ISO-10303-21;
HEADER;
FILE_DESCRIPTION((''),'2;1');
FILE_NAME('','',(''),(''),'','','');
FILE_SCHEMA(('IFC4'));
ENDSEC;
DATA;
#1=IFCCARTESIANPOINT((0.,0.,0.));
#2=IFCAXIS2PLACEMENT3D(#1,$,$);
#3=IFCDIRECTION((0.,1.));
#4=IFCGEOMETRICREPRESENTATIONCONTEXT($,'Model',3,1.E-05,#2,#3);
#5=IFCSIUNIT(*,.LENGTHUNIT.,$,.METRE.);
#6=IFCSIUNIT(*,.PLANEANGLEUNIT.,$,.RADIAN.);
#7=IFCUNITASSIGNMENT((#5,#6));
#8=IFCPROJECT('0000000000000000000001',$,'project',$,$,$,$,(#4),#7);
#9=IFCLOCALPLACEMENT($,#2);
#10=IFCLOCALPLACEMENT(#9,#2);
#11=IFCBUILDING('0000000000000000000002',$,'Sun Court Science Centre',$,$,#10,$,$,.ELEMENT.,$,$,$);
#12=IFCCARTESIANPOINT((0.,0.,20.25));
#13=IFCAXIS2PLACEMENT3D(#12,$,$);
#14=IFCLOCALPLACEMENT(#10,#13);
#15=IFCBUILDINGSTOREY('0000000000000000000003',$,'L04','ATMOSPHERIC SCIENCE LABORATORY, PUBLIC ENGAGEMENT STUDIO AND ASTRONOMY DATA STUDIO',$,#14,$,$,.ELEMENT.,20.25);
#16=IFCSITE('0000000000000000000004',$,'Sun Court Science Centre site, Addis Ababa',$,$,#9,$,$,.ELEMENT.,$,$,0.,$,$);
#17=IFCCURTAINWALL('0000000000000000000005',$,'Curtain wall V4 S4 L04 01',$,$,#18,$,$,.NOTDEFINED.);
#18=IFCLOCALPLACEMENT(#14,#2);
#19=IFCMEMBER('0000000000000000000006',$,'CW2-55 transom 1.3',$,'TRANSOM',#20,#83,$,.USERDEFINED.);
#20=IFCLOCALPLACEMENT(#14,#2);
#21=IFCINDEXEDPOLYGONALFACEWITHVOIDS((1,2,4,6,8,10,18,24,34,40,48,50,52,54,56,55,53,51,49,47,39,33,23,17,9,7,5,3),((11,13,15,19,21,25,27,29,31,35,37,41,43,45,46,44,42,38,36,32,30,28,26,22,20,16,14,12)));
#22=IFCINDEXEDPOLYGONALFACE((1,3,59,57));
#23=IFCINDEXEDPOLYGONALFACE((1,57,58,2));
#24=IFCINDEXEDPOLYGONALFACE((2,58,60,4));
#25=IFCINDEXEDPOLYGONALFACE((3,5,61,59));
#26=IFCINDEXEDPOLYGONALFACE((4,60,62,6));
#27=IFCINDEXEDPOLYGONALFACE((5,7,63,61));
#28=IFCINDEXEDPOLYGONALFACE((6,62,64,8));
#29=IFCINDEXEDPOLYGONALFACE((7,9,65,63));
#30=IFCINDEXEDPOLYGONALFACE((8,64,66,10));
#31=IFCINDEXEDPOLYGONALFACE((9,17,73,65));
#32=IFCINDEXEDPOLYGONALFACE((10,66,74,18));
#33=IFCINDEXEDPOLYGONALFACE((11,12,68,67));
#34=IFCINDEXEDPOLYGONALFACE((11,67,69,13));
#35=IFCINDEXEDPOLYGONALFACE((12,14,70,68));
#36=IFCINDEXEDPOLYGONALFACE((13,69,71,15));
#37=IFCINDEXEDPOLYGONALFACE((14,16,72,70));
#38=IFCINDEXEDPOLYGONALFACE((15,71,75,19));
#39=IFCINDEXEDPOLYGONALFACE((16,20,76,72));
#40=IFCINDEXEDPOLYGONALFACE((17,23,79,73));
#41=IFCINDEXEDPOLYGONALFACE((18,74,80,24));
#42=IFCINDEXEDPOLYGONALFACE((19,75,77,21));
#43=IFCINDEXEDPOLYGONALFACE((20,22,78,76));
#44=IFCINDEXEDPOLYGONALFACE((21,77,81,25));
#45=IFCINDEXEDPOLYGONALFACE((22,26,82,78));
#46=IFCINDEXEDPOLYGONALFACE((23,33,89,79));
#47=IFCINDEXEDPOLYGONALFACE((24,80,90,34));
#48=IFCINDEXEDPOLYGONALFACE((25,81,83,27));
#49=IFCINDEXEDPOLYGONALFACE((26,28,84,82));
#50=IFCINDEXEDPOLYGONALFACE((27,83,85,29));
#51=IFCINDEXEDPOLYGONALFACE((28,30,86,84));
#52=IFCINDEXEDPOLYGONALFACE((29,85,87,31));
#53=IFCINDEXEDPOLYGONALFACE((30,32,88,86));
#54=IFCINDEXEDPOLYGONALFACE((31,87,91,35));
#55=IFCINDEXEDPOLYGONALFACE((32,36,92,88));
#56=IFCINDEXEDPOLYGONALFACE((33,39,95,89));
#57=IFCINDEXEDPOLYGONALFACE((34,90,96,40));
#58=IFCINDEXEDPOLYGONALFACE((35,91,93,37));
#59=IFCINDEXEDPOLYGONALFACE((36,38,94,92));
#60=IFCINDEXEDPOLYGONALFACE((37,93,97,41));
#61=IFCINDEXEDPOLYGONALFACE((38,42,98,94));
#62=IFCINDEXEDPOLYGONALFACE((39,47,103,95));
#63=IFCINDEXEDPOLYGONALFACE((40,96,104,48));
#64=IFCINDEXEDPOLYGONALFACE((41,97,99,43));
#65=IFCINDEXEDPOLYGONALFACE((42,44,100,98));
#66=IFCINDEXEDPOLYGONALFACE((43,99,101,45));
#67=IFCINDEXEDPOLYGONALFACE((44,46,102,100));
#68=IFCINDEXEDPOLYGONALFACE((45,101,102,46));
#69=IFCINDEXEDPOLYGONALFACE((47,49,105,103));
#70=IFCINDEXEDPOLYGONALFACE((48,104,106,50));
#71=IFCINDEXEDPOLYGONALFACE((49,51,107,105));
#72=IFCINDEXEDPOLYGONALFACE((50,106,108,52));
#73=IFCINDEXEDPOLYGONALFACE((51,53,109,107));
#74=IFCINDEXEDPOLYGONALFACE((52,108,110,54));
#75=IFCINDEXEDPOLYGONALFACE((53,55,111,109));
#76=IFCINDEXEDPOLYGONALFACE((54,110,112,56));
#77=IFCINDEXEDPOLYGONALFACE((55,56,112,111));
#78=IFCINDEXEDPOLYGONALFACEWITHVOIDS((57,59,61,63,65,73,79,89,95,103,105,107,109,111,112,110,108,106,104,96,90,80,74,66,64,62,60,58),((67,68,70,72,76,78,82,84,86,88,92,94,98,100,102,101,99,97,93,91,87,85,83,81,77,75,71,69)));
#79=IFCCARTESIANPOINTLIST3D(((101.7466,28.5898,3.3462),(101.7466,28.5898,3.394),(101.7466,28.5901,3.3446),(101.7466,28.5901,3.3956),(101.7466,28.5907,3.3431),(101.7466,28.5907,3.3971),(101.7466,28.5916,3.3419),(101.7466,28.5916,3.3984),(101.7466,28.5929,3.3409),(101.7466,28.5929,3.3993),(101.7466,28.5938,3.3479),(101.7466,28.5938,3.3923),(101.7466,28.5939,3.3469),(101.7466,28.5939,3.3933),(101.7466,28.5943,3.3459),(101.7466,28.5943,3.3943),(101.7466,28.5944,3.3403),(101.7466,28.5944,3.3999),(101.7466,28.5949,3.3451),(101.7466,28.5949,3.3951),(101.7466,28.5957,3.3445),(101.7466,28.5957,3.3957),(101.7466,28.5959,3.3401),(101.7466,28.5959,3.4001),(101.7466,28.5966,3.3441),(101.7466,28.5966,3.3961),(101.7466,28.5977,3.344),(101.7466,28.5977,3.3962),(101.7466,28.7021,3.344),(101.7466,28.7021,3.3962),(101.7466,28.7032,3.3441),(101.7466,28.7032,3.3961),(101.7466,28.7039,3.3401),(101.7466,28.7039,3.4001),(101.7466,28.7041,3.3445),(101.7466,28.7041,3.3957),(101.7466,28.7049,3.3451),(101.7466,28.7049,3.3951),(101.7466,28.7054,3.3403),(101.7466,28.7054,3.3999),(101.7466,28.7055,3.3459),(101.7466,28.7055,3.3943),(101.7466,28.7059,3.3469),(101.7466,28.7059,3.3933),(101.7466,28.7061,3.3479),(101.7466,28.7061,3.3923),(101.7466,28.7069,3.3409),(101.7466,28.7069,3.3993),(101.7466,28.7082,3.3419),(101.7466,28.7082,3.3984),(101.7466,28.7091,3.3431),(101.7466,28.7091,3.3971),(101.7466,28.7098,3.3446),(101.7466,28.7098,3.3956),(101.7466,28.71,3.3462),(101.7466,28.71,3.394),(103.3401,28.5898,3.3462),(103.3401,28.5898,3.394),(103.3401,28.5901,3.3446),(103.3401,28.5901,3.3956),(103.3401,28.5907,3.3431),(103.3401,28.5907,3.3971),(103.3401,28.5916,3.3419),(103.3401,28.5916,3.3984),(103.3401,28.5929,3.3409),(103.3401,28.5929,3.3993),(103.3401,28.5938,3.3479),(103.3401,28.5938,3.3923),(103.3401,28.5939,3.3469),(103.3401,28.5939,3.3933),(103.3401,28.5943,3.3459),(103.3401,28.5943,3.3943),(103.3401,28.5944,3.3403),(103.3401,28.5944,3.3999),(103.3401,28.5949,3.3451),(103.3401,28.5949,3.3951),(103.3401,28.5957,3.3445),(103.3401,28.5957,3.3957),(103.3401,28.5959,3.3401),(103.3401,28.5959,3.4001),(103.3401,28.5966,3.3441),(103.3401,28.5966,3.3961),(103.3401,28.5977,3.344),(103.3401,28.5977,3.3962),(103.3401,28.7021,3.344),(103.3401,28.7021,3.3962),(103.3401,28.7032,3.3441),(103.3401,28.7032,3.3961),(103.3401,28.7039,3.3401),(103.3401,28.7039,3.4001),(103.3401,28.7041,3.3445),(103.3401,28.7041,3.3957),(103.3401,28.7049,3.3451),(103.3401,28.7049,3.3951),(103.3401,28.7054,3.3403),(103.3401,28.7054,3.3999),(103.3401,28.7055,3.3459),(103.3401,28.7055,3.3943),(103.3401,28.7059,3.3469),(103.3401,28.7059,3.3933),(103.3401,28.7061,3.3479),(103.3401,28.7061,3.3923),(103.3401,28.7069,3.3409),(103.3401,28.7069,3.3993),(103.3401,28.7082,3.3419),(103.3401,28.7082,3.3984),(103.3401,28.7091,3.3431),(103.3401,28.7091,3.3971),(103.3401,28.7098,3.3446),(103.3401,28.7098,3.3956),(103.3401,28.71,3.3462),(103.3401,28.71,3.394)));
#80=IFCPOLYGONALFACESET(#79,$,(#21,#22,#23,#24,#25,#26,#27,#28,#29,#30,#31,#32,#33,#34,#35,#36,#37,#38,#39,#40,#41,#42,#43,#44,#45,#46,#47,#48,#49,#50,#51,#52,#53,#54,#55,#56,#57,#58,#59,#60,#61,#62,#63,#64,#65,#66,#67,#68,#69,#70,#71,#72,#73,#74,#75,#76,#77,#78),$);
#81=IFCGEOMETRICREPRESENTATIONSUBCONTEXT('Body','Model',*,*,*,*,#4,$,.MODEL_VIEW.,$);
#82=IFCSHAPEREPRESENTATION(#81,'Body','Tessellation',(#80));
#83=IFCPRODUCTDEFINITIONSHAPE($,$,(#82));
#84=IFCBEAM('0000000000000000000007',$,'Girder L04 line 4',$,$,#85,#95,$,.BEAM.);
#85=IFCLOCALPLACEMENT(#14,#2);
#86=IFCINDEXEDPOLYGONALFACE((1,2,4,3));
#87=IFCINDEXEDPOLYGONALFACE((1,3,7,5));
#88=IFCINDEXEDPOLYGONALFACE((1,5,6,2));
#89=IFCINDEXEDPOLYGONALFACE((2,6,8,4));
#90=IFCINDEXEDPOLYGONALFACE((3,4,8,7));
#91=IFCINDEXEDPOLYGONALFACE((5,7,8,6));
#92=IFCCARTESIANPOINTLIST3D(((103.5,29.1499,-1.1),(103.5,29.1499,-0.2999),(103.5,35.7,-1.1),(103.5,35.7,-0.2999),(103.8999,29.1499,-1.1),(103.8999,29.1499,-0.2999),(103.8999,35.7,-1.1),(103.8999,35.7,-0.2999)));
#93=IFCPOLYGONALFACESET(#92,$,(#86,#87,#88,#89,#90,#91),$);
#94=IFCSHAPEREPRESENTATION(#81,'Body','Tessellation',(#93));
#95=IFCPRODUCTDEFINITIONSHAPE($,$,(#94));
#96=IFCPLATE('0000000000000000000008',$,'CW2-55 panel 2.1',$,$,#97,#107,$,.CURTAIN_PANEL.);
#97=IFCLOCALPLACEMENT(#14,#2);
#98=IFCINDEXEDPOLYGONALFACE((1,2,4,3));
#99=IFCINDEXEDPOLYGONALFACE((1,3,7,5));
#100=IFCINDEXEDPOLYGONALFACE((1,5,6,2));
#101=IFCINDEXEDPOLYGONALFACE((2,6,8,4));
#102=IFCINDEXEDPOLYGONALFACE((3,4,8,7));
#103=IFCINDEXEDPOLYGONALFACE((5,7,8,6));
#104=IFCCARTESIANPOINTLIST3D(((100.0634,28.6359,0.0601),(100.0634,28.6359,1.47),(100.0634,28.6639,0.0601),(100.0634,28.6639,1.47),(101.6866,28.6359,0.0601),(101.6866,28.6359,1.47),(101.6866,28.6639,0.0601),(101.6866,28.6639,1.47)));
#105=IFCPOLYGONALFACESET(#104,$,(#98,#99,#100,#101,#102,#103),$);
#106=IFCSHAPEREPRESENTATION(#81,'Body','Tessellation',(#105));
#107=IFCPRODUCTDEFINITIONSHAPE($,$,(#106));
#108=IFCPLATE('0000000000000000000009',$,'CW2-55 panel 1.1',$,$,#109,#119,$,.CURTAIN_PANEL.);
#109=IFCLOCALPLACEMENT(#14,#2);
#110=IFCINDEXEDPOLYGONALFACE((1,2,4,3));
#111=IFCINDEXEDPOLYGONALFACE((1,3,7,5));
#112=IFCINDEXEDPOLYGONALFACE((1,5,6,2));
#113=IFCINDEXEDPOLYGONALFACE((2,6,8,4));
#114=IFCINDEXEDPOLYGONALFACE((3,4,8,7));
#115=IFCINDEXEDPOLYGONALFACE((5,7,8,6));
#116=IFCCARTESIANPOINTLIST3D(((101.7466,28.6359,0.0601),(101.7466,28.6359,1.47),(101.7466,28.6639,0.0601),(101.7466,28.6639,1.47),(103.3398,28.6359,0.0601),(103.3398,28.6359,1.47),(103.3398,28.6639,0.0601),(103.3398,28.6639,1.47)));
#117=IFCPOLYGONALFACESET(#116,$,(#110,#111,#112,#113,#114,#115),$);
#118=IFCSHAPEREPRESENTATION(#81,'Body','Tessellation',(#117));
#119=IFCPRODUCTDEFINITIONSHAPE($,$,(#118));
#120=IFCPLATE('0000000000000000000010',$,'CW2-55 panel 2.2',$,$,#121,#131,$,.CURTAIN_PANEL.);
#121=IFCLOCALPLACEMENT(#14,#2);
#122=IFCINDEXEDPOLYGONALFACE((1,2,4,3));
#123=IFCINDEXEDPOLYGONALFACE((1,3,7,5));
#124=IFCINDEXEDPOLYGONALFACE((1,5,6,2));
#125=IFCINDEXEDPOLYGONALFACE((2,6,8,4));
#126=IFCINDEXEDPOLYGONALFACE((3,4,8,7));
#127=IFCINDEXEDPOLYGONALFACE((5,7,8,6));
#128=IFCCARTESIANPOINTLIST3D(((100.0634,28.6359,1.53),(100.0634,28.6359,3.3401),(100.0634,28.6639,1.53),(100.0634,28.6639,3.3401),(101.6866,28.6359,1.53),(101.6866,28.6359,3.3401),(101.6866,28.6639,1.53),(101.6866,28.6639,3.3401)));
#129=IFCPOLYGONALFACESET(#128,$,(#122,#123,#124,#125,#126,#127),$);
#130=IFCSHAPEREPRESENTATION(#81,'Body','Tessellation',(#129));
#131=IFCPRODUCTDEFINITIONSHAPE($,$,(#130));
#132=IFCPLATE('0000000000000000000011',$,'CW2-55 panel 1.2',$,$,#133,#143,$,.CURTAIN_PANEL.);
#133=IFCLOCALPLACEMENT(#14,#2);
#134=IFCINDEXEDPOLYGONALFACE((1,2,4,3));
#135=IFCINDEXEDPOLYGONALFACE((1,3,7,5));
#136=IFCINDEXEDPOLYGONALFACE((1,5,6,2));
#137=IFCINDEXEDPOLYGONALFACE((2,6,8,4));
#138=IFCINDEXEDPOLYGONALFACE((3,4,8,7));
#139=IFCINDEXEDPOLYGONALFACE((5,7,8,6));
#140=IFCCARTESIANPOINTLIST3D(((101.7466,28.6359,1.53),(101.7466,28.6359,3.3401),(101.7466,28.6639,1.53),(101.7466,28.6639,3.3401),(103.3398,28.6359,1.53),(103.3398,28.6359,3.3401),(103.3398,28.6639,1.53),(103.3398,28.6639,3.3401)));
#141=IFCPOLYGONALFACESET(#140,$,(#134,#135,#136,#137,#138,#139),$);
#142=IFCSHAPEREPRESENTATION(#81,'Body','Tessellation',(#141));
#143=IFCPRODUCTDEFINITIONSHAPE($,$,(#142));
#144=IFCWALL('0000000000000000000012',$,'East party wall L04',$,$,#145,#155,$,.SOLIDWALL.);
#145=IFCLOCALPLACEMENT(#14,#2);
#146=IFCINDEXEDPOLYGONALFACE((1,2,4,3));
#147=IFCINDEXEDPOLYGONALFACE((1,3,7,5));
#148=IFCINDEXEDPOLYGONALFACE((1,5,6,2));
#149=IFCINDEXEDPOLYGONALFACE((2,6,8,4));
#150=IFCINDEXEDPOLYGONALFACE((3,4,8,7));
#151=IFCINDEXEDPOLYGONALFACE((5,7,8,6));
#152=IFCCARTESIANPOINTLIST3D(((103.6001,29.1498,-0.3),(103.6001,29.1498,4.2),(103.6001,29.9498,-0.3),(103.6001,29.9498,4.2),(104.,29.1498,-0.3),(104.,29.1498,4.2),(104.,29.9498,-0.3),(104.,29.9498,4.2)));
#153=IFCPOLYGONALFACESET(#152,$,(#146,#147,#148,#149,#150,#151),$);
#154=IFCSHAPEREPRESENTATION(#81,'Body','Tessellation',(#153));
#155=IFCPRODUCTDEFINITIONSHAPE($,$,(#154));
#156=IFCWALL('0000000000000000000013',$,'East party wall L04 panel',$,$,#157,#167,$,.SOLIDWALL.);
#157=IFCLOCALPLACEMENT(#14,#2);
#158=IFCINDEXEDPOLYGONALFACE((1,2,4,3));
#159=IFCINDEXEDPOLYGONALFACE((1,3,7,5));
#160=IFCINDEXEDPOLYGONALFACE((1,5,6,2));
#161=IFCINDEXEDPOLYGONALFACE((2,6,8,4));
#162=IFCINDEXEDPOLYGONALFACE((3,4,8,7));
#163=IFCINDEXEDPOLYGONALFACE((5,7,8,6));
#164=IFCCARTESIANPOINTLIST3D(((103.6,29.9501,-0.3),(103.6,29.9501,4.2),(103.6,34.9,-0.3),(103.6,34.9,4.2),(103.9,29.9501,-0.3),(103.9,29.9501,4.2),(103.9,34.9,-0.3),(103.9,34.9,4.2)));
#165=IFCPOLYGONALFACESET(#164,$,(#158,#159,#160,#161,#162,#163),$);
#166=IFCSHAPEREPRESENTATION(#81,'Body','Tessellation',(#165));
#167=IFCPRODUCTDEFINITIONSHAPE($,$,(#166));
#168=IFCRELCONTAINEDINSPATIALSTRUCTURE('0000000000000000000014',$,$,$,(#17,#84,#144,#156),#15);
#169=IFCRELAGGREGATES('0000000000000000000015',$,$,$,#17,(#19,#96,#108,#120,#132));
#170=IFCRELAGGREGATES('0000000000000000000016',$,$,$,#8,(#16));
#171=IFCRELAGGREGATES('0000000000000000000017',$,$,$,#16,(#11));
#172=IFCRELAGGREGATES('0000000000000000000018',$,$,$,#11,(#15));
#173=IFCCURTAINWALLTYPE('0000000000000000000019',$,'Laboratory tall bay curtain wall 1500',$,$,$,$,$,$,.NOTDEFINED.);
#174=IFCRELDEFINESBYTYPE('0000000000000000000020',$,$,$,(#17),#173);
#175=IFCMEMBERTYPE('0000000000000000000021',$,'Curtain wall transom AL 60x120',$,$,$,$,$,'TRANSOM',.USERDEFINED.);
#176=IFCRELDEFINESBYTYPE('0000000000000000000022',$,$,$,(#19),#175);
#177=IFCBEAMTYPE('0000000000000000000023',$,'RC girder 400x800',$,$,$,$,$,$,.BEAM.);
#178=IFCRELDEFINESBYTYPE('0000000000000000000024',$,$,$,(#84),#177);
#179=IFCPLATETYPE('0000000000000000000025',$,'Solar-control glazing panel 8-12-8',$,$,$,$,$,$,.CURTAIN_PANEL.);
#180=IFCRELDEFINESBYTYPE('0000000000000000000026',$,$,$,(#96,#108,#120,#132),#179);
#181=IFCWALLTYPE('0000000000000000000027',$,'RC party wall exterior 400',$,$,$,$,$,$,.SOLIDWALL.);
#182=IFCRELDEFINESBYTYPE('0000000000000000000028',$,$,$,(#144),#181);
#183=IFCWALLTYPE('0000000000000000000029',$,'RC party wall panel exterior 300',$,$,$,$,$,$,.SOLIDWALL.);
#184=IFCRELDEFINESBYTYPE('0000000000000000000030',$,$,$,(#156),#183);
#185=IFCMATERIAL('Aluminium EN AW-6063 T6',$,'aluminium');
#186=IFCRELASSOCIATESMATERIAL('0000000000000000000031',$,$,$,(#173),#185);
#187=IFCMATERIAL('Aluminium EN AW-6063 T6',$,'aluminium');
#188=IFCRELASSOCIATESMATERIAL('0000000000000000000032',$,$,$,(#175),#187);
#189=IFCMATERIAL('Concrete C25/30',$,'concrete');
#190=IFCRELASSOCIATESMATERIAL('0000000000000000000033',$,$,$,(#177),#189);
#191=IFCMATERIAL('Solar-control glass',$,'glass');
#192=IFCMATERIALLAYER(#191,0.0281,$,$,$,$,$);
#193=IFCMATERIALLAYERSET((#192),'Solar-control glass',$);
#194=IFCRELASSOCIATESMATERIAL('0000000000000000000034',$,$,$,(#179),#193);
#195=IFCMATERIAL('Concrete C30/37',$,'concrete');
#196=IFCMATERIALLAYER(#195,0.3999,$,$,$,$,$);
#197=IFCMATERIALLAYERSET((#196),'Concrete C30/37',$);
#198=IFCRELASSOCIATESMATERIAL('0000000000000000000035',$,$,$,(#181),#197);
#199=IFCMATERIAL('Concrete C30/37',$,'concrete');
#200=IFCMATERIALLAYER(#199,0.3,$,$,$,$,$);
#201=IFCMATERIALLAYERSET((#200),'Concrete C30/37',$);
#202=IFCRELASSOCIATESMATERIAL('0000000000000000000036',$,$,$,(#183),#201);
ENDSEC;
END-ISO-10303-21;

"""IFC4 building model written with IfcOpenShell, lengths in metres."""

from ifc_helpers import new_model, si_unit, direction, frame, frame_2d, origin, origin_2d, place, context, subcontext, project, spatial, rectangle, hollow_rectangle, extrude, material, layer, layer_set, material_profile, profile_set, type_object, element, aggregate, save


model = new_model("IFC4")

# Units and contexts
model_context = context("Model", 3, precision=1e-05, world=origin(), true_north=direction((0.0, 1.0)))
body_context = subcontext(model_context, "Body", "Model", "MODEL_VIEW")
ifc_project = project(units=[si_unit("LENGTHUNIT", "METRE"), si_unit("PLANEANGLEUNIT", "RADIAN")], contexts=[model_context])

# Site, building, storey
site_placement = place(None, origin())
site = spatial("IfcSite", under=ifc_project, at=site_placement, Name="Sun Court Science Centre site, Addis Ababa", CompositionType="ELEMENT", RefElevation=0.0)
building_placement = place(site_placement, origin())
building = spatial("IfcBuilding", under=site, at=building_placement, Name="Sun Court Science Centre", CompositionType="ELEMENT")
storey_placement = place(building_placement, frame((0.0, 0.0, 20.25)))
storey = spatial("IfcBuildingStorey", under=building, at=storey_placement, Name="L04", Description="ATMOSPHERIC SCIENCE LABORATORY, PUBLIC ENGAGEMENT STUDIO AND ASTRONOMY DATA STUDIO", CompositionType="ELEMENT", Elevation=20.25)

# Curtain wall, member
ifc_material_1 = material(Name="Aluminium EN AW-6063 T6", Category="aluminium")
curtain_wall_type = type_object("IfcCurtainWallType", Name="Laboratory tall bay curtain wall 1500", PredefinedType="NOTDEFINED", material=ifc_material_1)
curtain_wall_placement = place(storey_placement, origin())
curtain_wall = element("IfcCurtainWall", 1, at=curtain_wall_placement, inside=storey, type_object=curtain_wall_type, Name="Curtain wall V4 S4 L04 01", PredefinedType="NOTDEFINED")
ifc_material_2 = material(Name="Aluminium EN AW-6063 T6", Category="aluminium")
ifc_material_profile_1 = material_profile(ifc_material_2, hollow_rectangle(XDim=0.0601, YDim=0.1201, WallThickness=0.0039, InnerFilletRadius=0.0039, OuterFilletRadius=0.0061, at=origin_2d()), Name="AL 60x120x4")
ifc_profile_set_1 = profile_set([ifc_material_profile_1], Name="Aluminium EN AW-6063 T6")
member_type_1 = type_object("IfcMemberType", Name="Curtain wall transom AL 60x120", ElementType="TRANSOM", PredefinedType="USERDEFINED", material=ifc_profile_set_1)
member_1_placement = place(storey_placement, frame((103.3401, 28.6499, 3.3701), z_axis=(-1.0, 0.0, 0.0), x_axis=(0.0, 0.0, 1.0)))
member_1 = element("IfcMember", 2, at=member_1_placement, type_object=member_type_1, Name="CW2-55 transom 1.3", ObjectType="TRANSOM", PredefinedType="USERDEFINED", context=body_context, shape_type="SweptSolid", body=[
    extrude(hollow_rectangle(XDim=0.0601, YDim=0.1201, WallThickness=0.0039, InnerFilletRadius=0.0039, OuterFilletRadius=0.0061, at=origin_2d()), origin(), (0.0, 0.0, 1.0), 1.5935),
])

# Beam
ifc_material_3 = material(Name="Concrete C25/30", Category="concrete")
ifc_material_profile_2 = material_profile(ifc_material_3, rectangle(XDim=0.3999, YDim=0.8, at=origin_2d()), Name="RC 400x800")
ifc_profile_set_2 = profile_set([ifc_material_profile_2], Name="Concrete C25/30")
beam_type = type_object("IfcBeamType", Name="RC girder 400x800", PredefinedType="BEAM", material=ifc_profile_set_2)
beam_placement = place(storey_placement, frame((103.7, 29.1499, -0.7), z_axis=(0.0, 1.0, 0.0), x_axis=(-1.0, 0.0, 0.0)))
element("IfcBeam", 3, at=beam_placement, inside=storey, type_object=beam_type, Name="Girder L04 line 4", PredefinedType="BEAM", context=body_context, shape_type="SweptSolid", body=[
    extrude(rectangle(XDim=0.3999, YDim=0.8, at=origin_2d()), origin(), (0.0, 0.0, 1.0), 6.55),
])

# Plates
ifc_material_4 = material(Name="Solar-control glass", Category="glass")
ifc_layer_1 = layer(ifc_material_4, 0.0281)
ifc_layer_set_1 = layer_set([ifc_layer_1], Name="Solar-control glass")
plate_type = type_object("IfcPlateType", Name="Solar-control glazing panel 8-12-8", PredefinedType="CURTAIN_PANEL", material=ifc_layer_set_1)
plate_1_placement = place(storey_placement, frame((100.875, 28.6499, 0.0601), z_axis=(0.0, 0.0, 1.0), x_axis=(-1.0, 0.0, 0.0)))
plate_1 = element("IfcPlate", 4, at=plate_1_placement, type_object=plate_type, Name="CW2-55 panel 2.1", PredefinedType="CURTAIN_PANEL", context=body_context, shape_type="SweptSolid", body=[
    extrude(rectangle(XDim=1.6233, YDim=0.0281, at=origin_2d()), origin(), (0.0, 0.0, 1.0), 1.4099),
])
plate_2_placement = place(storey_placement, frame((102.5432, 28.6499, 0.0601), z_axis=(0.0, 0.0, 1.0), x_axis=(-1.0, 0.0, 0.0)))
plate_2 = element("IfcPlate", 5, at=plate_2_placement, type_object=plate_type, Name="CW2-55 panel 1.1", PredefinedType="CURTAIN_PANEL", context=body_context, shape_type="SweptSolid", body=[
    extrude(rectangle(XDim=1.5933, YDim=0.0281, at=origin_2d()), origin(), (0.0, 0.0, 1.0), 1.4099),
])
plate_3_placement = place(storey_placement, frame((100.875, 28.6499, 1.53), z_axis=(0.0, 0.0, 1.0), x_axis=(-1.0, 0.0, 0.0)))
plate_3 = element("IfcPlate", 6, at=plate_3_placement, type_object=plate_type, Name="CW2-55 panel 2.2", PredefinedType="CURTAIN_PANEL", context=body_context, shape_type="SweptSolid", body=[
    extrude(rectangle(XDim=1.6233, YDim=0.0281, at=origin_2d()), origin(), (0.0, 0.0, 1.0), 1.8101),
])
plate_4_placement = place(storey_placement, frame((102.5432, 28.6499, 1.53), z_axis=(0.0, 0.0, 1.0), x_axis=(-1.0, 0.0, 0.0)))
plate_4 = element("IfcPlate", 7, at=plate_4_placement, type_object=plate_type, Name="CW2-55 panel 1.2", PredefinedType="CURTAIN_PANEL", context=body_context, shape_type="SweptSolid", body=[
    extrude(rectangle(XDim=1.5933, YDim=0.0281, at=origin_2d()), origin(), (0.0, 0.0, 1.0), 1.8101),
])
aggregate(curtain_wall, [member_1, plate_1, plate_2, plate_3, plate_4])

# Walls
ifc_material_5 = material(Name="Concrete C30/37", Category="concrete")
ifc_layer_2 = layer(ifc_material_5, 0.3999)
ifc_layer_set_2 = layer_set([ifc_layer_2], Name="Concrete C30/37")
wall_type_1 = type_object("IfcWallType", Name="RC party wall exterior 400", PredefinedType="SOLIDWALL", material=ifc_layer_set_2)
wall_1_placement = place(storey_placement, frame((103.8, 29.1499, -0.3), z_axis=(0.0, 0.0, 1.0), x_axis=(0.0, 1.0, 0.0)))
element("IfcWall", 8, at=wall_1_placement, inside=storey, type_object=wall_type_1, Name="East party wall L04", PredefinedType="SOLIDWALL", context=body_context, shape_type="SweptSolid", body=[
    extrude(rectangle(XDim=0.8, YDim=0.3999, at=frame_2d((0.3999, 0.0))), origin(), (0.0, 0.0, 1.0), 4.5),
])
ifc_material_6 = material(Name="Concrete C30/37", Category="concrete")
ifc_layer_3 = layer(ifc_material_6, 0.3)
ifc_layer_set_3 = layer_set([ifc_layer_3], Name="Concrete C30/37")
wall_type_2 = type_object("IfcWallType", Name="RC party wall panel exterior 300", PredefinedType="SOLIDWALL", material=ifc_layer_set_3)
wall_2_placement = place(storey_placement, frame((103.75, 29.95, -0.3), z_axis=(0.0, 0.0, 1.0), x_axis=(0.0, 1.0, 0.0)))
element("IfcWall", 9, at=wall_2_placement, inside=storey, type_object=wall_type_2, Name="East party wall L04 panel", PredefinedType="SOLIDWALL", context=body_context, shape_type="SweptSolid", body=[
    extrude(rectangle(XDim=4.95, YDim=0.3, at=frame_2d((2.4751, 0.0))), origin(), (0.0, 0.0, 1.0), 4.5),
])

save(model, "model.ifc")
